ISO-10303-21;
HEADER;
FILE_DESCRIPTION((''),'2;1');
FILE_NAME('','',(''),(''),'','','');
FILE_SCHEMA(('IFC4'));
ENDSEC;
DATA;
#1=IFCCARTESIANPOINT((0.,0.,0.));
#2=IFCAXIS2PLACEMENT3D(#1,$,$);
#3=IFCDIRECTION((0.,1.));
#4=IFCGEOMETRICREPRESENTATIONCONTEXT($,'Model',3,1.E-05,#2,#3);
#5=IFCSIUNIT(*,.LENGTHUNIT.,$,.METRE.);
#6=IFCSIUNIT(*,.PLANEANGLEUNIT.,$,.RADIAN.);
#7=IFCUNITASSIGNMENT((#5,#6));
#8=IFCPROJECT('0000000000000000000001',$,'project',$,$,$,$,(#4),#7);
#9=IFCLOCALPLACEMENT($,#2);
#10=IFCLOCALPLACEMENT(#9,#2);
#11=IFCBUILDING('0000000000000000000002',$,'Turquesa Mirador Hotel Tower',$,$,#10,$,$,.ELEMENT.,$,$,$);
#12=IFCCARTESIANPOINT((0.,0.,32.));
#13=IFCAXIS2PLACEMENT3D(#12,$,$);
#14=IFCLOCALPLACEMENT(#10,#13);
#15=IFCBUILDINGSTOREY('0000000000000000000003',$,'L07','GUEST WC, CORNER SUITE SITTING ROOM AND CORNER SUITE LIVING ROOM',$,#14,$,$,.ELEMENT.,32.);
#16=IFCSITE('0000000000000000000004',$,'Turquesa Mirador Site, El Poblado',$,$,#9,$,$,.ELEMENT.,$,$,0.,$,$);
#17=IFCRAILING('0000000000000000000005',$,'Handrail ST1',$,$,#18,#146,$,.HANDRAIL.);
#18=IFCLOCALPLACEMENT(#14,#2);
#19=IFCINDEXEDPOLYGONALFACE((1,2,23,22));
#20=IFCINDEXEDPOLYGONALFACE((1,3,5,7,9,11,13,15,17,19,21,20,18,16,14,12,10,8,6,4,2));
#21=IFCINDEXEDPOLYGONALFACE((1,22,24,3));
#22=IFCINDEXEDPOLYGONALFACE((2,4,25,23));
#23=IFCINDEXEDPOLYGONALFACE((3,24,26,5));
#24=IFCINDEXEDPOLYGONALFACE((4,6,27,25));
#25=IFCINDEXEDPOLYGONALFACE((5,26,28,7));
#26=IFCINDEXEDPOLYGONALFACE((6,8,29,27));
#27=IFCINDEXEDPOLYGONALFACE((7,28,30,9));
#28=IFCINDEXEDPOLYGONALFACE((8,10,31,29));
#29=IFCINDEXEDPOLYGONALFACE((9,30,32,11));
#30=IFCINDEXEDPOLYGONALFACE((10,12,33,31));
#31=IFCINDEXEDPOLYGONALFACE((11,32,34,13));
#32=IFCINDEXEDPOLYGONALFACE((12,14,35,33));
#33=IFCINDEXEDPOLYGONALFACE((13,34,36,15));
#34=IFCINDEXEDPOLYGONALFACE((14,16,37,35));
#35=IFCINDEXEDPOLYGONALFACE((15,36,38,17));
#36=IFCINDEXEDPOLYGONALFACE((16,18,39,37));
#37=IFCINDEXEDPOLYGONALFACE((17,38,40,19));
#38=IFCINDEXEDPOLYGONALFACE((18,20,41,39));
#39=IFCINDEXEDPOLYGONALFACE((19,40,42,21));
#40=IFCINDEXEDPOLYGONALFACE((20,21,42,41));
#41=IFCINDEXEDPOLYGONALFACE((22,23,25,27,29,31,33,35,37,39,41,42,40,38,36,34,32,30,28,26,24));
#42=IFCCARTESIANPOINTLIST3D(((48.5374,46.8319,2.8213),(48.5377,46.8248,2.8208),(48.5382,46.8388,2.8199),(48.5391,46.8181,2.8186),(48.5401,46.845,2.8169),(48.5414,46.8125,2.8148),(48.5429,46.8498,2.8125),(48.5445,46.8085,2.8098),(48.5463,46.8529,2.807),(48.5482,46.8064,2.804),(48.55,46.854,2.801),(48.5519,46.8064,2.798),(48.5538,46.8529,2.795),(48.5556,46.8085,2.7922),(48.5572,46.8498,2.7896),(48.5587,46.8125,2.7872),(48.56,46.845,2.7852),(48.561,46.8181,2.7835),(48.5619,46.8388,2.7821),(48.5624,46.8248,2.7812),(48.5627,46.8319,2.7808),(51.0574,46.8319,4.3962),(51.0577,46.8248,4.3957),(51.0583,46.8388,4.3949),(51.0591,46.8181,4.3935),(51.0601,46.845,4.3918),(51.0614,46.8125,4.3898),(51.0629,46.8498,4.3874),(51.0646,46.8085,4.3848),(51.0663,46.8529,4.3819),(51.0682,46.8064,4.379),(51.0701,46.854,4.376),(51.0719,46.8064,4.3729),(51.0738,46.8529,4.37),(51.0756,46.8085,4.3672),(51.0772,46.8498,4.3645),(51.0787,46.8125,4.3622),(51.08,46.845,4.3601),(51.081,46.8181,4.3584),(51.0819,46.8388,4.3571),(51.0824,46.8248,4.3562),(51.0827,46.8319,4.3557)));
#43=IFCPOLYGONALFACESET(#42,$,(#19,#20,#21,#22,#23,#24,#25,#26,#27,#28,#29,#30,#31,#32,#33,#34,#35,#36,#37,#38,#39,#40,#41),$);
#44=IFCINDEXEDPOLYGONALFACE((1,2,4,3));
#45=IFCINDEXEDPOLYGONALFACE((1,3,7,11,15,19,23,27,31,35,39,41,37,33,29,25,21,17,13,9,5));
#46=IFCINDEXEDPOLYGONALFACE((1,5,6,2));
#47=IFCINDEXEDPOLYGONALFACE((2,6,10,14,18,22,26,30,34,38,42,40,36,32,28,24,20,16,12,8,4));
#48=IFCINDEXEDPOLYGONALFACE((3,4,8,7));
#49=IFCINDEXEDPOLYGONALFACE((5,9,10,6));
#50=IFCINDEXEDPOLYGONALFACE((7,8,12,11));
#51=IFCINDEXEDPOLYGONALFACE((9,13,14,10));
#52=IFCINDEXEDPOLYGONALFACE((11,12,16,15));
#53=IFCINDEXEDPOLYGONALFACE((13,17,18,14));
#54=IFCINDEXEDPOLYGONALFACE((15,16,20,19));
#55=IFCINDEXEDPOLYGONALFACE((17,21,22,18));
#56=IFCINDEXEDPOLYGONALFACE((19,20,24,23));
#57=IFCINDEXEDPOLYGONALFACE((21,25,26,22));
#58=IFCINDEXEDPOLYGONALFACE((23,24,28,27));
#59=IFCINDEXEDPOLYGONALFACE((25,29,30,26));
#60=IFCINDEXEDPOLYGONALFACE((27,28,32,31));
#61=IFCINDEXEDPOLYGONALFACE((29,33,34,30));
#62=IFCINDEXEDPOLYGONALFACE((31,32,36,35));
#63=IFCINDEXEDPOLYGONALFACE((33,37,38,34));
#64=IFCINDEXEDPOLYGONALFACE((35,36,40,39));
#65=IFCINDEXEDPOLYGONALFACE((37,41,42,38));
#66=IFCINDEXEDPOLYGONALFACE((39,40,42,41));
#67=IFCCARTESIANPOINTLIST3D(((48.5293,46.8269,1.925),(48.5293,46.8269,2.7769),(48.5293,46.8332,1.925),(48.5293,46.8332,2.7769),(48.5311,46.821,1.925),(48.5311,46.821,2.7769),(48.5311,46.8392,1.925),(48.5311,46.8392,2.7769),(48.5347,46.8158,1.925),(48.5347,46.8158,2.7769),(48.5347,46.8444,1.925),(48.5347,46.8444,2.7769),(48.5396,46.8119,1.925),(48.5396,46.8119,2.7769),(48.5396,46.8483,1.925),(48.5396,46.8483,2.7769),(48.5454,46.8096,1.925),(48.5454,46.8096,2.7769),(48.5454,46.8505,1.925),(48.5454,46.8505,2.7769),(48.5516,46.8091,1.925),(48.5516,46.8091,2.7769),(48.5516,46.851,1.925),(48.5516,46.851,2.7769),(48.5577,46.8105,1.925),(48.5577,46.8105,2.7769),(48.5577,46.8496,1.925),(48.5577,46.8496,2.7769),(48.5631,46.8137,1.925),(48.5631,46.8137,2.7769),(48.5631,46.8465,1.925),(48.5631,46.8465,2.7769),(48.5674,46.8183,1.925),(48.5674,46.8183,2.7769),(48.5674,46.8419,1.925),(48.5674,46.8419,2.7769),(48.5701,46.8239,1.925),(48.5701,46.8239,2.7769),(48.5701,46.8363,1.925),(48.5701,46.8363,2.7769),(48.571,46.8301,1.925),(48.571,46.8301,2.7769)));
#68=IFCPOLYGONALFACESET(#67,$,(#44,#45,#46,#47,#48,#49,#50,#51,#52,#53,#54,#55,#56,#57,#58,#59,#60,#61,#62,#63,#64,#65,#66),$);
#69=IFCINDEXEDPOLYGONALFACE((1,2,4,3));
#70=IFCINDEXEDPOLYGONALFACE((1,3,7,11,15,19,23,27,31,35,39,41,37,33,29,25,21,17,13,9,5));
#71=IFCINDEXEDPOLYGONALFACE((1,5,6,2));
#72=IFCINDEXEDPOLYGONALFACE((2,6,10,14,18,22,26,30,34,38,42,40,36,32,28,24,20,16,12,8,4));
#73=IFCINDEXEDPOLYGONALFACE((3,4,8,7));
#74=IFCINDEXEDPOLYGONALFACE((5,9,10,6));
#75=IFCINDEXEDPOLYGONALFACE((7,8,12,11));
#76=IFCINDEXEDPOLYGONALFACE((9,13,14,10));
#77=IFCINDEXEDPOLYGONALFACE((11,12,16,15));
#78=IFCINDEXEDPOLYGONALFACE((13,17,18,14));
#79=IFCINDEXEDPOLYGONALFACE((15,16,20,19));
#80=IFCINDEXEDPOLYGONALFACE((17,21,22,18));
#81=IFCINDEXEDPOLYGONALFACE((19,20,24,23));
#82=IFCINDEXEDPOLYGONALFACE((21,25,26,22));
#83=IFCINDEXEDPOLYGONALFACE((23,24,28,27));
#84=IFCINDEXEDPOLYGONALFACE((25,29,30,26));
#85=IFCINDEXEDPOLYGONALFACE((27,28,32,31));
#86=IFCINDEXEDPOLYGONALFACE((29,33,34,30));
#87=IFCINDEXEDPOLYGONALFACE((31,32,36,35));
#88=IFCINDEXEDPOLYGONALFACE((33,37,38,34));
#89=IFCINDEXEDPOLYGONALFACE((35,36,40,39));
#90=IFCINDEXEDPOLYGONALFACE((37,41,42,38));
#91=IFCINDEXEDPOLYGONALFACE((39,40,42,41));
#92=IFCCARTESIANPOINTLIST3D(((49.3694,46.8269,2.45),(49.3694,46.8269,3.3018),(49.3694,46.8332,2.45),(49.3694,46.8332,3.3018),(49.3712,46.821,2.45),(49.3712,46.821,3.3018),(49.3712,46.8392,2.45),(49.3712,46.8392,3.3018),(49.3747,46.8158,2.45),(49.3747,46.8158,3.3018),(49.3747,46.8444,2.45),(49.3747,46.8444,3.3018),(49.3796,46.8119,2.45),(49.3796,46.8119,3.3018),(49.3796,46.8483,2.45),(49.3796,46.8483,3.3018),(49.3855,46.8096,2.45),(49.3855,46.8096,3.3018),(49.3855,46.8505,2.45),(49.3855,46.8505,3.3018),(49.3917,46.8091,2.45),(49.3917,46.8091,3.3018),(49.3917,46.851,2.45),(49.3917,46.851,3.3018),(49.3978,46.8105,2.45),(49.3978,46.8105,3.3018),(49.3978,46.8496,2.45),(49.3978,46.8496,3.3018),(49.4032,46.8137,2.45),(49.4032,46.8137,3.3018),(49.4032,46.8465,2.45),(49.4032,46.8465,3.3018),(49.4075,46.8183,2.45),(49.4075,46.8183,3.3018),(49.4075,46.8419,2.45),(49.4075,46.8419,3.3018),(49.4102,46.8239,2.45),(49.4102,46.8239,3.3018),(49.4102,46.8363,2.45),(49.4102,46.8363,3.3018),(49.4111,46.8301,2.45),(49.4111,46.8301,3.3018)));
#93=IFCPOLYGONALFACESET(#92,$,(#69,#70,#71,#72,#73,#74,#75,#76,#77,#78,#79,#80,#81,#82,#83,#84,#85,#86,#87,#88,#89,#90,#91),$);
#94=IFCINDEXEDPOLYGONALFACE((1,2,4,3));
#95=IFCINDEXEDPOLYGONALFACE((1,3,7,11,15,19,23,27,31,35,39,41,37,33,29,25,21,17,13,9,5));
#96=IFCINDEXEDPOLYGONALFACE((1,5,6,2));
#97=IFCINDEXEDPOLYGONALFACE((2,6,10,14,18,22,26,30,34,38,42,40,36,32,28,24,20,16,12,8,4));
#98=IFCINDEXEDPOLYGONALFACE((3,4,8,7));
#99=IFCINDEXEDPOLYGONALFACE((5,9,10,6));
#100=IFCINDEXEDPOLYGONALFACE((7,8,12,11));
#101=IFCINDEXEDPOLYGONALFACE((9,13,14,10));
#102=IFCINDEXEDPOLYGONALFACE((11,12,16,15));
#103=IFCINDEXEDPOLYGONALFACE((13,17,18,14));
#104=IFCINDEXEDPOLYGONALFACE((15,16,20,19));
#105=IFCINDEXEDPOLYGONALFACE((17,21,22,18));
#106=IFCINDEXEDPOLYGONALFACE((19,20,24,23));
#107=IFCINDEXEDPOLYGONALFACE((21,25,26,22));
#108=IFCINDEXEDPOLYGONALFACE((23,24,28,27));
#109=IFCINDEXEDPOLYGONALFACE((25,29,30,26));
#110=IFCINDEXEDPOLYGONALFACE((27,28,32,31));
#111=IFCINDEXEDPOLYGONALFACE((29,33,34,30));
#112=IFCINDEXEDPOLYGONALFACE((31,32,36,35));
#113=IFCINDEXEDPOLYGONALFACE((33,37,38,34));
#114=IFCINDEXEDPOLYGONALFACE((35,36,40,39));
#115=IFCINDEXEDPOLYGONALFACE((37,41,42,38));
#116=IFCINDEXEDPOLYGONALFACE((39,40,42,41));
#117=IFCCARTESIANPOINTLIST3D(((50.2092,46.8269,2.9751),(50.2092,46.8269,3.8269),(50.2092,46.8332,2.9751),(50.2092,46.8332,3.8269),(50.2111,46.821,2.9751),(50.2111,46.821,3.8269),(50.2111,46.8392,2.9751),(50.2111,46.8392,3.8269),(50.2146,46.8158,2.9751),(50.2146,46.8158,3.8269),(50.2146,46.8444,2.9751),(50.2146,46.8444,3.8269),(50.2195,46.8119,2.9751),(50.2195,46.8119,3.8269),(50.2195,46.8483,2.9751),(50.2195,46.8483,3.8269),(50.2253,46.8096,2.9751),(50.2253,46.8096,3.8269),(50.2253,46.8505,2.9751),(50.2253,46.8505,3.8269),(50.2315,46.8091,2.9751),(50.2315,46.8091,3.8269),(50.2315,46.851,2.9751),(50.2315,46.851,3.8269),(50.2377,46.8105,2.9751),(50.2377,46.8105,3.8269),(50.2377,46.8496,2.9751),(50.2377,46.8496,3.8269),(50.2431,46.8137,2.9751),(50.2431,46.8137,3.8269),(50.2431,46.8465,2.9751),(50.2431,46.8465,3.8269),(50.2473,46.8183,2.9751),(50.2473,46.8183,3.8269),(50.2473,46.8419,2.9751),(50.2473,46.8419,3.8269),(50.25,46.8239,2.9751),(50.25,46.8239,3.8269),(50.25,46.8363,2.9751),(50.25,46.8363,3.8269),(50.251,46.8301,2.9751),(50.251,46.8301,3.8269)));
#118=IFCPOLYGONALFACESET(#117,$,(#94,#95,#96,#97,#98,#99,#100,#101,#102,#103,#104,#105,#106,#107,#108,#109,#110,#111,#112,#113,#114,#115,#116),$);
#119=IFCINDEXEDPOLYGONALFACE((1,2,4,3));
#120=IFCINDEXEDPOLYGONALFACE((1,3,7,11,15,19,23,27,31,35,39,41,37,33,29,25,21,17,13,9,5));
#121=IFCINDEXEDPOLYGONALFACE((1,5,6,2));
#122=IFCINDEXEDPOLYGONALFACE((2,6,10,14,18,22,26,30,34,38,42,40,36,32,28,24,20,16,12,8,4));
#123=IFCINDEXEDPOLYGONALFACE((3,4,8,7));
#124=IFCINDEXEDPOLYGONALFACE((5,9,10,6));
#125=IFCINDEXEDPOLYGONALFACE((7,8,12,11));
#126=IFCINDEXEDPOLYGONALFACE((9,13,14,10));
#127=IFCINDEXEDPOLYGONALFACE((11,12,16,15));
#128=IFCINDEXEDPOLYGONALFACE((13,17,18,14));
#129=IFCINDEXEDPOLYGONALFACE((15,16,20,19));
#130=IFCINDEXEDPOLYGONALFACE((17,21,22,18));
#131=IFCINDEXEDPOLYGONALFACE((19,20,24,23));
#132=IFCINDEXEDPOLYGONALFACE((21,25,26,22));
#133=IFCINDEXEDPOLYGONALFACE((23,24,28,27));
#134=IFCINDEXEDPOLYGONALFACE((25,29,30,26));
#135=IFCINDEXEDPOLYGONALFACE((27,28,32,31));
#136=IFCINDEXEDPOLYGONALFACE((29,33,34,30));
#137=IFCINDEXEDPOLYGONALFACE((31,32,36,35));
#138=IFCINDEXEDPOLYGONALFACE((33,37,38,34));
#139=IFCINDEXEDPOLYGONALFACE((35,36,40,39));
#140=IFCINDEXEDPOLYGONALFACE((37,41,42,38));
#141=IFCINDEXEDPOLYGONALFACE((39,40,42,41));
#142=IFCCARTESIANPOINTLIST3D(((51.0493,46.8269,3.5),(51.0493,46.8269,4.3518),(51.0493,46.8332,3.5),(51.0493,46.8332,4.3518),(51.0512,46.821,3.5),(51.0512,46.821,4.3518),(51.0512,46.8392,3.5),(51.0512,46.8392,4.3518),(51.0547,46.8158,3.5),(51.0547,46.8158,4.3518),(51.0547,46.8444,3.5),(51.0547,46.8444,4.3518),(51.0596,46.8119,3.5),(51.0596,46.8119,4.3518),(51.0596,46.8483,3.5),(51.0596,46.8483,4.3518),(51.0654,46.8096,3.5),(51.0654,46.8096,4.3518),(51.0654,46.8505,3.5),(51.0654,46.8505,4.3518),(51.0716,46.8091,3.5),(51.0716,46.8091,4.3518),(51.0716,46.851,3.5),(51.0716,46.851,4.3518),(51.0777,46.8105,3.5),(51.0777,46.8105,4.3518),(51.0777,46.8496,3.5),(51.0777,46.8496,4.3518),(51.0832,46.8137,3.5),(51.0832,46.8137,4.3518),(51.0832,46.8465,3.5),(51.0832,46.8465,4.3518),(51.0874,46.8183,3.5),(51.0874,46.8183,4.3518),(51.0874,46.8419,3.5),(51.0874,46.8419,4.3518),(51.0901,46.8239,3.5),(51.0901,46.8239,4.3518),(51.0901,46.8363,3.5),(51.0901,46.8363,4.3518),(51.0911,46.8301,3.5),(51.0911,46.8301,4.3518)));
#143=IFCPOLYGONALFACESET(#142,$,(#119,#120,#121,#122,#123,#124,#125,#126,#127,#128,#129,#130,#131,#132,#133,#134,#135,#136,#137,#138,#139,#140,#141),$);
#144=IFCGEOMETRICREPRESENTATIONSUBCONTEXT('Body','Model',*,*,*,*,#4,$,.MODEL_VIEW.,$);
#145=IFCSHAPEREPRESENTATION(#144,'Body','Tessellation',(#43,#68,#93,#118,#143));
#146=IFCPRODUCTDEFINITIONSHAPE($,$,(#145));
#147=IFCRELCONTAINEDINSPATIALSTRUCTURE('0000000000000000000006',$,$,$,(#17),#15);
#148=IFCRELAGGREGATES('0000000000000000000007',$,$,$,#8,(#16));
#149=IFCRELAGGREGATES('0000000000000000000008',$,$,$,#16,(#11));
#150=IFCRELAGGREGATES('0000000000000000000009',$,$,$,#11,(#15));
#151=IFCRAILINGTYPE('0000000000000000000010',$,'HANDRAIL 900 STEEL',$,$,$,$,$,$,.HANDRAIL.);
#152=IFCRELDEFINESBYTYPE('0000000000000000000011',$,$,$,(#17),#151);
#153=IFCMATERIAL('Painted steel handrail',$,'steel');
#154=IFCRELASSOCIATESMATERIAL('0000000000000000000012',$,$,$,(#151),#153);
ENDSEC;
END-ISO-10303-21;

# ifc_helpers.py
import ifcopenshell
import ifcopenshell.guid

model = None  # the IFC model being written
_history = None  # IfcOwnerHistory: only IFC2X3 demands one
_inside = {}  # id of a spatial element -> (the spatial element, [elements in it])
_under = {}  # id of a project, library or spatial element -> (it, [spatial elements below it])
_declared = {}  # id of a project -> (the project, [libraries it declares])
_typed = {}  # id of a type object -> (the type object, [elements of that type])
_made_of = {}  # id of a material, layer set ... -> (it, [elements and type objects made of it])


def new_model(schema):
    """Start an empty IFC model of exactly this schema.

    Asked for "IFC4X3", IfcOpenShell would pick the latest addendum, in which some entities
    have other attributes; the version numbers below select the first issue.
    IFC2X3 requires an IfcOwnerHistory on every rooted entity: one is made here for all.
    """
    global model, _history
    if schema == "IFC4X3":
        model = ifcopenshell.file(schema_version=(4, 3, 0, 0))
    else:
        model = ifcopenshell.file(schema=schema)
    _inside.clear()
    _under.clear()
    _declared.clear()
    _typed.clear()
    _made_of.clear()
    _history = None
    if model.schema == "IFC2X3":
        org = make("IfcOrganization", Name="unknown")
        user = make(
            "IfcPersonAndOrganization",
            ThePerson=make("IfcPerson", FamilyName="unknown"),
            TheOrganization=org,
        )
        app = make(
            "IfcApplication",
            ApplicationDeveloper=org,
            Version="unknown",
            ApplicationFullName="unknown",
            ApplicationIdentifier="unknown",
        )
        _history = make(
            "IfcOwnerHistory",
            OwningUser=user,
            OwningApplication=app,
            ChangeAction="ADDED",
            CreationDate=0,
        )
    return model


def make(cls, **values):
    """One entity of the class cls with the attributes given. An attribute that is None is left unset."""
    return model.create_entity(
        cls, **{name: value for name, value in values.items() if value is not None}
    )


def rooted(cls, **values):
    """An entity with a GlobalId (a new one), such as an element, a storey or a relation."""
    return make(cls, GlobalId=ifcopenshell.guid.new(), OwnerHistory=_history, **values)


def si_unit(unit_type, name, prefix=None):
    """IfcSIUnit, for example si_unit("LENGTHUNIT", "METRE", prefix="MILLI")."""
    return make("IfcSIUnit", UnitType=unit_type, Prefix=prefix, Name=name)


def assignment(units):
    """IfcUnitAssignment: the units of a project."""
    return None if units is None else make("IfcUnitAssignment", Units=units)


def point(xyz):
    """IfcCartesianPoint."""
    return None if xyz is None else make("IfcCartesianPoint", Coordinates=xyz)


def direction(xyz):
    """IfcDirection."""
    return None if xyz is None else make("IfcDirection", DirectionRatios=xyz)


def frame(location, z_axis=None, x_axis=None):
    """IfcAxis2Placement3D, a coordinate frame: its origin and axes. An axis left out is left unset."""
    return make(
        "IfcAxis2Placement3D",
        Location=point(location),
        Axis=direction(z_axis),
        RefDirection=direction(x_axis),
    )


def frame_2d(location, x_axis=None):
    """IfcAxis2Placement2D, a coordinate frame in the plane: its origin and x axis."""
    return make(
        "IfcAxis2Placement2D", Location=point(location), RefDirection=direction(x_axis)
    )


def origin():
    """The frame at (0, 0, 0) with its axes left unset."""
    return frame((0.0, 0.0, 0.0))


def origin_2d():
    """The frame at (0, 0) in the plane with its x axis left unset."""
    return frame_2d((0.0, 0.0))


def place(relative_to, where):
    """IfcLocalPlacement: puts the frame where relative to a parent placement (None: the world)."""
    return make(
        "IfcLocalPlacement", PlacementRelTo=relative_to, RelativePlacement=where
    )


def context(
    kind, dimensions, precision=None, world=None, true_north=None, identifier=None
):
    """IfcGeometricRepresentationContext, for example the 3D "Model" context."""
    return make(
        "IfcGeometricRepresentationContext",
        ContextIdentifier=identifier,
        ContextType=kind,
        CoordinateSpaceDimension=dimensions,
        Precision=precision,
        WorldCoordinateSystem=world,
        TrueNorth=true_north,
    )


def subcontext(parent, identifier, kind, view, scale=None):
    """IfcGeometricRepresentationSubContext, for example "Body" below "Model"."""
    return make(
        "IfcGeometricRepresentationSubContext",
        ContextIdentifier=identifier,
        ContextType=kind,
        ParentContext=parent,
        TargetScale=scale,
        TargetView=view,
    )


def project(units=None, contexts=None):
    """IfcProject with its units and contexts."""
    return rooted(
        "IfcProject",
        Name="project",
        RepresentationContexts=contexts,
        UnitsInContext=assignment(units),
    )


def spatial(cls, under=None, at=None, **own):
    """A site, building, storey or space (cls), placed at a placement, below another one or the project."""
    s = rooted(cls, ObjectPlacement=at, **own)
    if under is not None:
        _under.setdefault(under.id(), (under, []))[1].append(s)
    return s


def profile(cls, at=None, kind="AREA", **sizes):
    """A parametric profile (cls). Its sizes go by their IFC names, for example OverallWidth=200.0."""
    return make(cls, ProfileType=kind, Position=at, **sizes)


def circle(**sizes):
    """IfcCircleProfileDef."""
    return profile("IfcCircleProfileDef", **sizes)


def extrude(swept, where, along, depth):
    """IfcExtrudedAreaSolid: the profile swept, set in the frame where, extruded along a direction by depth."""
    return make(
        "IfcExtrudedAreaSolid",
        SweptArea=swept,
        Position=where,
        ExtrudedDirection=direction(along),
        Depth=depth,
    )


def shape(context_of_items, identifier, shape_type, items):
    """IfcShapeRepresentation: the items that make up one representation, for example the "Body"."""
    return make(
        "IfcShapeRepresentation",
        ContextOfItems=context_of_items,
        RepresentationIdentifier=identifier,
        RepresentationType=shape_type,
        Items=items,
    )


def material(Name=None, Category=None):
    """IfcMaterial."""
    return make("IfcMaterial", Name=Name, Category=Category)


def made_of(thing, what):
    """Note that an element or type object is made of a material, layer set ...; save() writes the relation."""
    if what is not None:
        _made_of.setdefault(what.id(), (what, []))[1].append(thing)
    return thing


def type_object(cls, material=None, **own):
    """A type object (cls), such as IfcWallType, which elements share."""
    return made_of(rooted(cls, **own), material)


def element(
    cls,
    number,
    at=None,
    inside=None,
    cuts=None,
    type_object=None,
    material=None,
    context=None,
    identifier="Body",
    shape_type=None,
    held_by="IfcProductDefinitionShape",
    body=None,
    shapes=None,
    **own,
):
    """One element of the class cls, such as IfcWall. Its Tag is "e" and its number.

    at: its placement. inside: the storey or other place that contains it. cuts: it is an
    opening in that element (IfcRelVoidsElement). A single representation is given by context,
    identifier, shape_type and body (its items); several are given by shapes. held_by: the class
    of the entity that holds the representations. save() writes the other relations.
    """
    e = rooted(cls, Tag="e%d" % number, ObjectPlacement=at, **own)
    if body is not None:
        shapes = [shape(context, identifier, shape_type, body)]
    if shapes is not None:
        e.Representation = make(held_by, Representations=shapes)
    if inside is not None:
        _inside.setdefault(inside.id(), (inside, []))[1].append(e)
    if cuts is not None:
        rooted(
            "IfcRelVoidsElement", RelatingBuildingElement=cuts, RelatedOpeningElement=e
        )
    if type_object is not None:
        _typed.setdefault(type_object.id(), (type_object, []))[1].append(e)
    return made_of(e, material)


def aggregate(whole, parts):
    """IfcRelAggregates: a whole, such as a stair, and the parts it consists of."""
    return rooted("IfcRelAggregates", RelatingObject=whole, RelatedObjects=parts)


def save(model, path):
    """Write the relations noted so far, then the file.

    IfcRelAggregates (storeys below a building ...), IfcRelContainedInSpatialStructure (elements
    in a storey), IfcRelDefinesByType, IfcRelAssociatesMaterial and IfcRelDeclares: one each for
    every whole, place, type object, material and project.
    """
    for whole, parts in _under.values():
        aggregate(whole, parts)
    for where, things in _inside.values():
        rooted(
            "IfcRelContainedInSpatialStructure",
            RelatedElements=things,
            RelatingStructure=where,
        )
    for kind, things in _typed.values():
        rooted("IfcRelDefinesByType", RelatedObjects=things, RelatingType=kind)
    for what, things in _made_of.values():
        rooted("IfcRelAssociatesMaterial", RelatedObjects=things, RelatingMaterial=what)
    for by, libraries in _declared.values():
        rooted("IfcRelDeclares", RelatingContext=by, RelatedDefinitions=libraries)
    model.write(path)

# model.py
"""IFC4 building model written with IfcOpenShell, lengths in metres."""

from ifc_helpers import new_model, si_unit, direction, frame, origin, origin_2d, place, context, subcontext, project, spatial, circle, extrude, material, type_object, element, save


model = new_model("IFC4")

# Units and contexts
model_context = context("Model", 3, precision=1e-05, world=origin(), true_north=direction((0.0, 1.0)))
body_context = subcontext(model_context, "Body", "Model", "MODEL_VIEW")
ifc_project = project(units=[si_unit("LENGTHUNIT", "METRE"), si_unit("PLANEANGLEUNIT", "RADIAN")], contexts=[model_context])

# Site, building, storey
site_placement = place(None, origin())
site = spatial("IfcSite", under=ifc_project, at=site_placement, Name="Turquesa Mirador Site, El Poblado", CompositionType="ELEMENT", RefElevation=0.0)
building_placement = place(site_placement, origin())
building = spatial("IfcBuilding", under=site, at=building_placement, Name="Turquesa Mirador Hotel Tower", CompositionType="ELEMENT")
storey_placement = place(building_placement, frame((0.0, 0.0, 32.0)))
storey = spatial("IfcBuildingStorey", under=building, at=storey_placement, Name="L07", Description="GUEST WC, CORNER SUITE SITTING ROOM AND CORNER SUITE LIVING ROOM", CompositionType="ELEMENT", Elevation=32.0)

# Railing
ifc_material_1 = material(Name="Painted steel handrail", Category="steel")
railing_type = type_object("IfcRailingType", Name="HANDRAIL 900 STEEL", PredefinedType="HANDRAIL", material=ifc_material_1)
for number, where, name in (
    (1, (48.55, 46.8301, 1.925), "Handrail ST1"),
):
    element("IfcRailing", number, at=place(storey_placement, frame(where)), inside=storey, type_object=railing_type, Name=name, PredefinedType="HANDRAIL", context=body_context, shape_type="SweptSolid", body=[
        extrude(circle(Radius=0.0239, at=origin_2d()), frame((0.0, 0.0, 0.876), z_axis=(0.848008, 0.0, 0.529984), x_axis=(0.0, 1.0, 0.0)), (0.0, 0.0, 1.0), 2.9717),
        extrude(circle(Radius=0.021, at=origin_2d()), origin(), (0.0, 0.0, 1.0), 0.8518),
        extrude(circle(Radius=0.021, at=origin_2d()), frame((0.8401, 0.0, 0.5249)), (0.0, 0.0, 1.0), 0.8518),
        extrude(circle(Radius=0.021, at=origin_2d()), frame((1.6799, 0.0, 1.05)), (0.0, 0.0, 1.0), 0.8518),
        extrude(circle(Radius=0.021, at=origin_2d()), frame((2.52, 0.0, 1.575)), (0.0, 0.0, 1.0), 0.8518),
    ])

save(model, "model.ifc")
